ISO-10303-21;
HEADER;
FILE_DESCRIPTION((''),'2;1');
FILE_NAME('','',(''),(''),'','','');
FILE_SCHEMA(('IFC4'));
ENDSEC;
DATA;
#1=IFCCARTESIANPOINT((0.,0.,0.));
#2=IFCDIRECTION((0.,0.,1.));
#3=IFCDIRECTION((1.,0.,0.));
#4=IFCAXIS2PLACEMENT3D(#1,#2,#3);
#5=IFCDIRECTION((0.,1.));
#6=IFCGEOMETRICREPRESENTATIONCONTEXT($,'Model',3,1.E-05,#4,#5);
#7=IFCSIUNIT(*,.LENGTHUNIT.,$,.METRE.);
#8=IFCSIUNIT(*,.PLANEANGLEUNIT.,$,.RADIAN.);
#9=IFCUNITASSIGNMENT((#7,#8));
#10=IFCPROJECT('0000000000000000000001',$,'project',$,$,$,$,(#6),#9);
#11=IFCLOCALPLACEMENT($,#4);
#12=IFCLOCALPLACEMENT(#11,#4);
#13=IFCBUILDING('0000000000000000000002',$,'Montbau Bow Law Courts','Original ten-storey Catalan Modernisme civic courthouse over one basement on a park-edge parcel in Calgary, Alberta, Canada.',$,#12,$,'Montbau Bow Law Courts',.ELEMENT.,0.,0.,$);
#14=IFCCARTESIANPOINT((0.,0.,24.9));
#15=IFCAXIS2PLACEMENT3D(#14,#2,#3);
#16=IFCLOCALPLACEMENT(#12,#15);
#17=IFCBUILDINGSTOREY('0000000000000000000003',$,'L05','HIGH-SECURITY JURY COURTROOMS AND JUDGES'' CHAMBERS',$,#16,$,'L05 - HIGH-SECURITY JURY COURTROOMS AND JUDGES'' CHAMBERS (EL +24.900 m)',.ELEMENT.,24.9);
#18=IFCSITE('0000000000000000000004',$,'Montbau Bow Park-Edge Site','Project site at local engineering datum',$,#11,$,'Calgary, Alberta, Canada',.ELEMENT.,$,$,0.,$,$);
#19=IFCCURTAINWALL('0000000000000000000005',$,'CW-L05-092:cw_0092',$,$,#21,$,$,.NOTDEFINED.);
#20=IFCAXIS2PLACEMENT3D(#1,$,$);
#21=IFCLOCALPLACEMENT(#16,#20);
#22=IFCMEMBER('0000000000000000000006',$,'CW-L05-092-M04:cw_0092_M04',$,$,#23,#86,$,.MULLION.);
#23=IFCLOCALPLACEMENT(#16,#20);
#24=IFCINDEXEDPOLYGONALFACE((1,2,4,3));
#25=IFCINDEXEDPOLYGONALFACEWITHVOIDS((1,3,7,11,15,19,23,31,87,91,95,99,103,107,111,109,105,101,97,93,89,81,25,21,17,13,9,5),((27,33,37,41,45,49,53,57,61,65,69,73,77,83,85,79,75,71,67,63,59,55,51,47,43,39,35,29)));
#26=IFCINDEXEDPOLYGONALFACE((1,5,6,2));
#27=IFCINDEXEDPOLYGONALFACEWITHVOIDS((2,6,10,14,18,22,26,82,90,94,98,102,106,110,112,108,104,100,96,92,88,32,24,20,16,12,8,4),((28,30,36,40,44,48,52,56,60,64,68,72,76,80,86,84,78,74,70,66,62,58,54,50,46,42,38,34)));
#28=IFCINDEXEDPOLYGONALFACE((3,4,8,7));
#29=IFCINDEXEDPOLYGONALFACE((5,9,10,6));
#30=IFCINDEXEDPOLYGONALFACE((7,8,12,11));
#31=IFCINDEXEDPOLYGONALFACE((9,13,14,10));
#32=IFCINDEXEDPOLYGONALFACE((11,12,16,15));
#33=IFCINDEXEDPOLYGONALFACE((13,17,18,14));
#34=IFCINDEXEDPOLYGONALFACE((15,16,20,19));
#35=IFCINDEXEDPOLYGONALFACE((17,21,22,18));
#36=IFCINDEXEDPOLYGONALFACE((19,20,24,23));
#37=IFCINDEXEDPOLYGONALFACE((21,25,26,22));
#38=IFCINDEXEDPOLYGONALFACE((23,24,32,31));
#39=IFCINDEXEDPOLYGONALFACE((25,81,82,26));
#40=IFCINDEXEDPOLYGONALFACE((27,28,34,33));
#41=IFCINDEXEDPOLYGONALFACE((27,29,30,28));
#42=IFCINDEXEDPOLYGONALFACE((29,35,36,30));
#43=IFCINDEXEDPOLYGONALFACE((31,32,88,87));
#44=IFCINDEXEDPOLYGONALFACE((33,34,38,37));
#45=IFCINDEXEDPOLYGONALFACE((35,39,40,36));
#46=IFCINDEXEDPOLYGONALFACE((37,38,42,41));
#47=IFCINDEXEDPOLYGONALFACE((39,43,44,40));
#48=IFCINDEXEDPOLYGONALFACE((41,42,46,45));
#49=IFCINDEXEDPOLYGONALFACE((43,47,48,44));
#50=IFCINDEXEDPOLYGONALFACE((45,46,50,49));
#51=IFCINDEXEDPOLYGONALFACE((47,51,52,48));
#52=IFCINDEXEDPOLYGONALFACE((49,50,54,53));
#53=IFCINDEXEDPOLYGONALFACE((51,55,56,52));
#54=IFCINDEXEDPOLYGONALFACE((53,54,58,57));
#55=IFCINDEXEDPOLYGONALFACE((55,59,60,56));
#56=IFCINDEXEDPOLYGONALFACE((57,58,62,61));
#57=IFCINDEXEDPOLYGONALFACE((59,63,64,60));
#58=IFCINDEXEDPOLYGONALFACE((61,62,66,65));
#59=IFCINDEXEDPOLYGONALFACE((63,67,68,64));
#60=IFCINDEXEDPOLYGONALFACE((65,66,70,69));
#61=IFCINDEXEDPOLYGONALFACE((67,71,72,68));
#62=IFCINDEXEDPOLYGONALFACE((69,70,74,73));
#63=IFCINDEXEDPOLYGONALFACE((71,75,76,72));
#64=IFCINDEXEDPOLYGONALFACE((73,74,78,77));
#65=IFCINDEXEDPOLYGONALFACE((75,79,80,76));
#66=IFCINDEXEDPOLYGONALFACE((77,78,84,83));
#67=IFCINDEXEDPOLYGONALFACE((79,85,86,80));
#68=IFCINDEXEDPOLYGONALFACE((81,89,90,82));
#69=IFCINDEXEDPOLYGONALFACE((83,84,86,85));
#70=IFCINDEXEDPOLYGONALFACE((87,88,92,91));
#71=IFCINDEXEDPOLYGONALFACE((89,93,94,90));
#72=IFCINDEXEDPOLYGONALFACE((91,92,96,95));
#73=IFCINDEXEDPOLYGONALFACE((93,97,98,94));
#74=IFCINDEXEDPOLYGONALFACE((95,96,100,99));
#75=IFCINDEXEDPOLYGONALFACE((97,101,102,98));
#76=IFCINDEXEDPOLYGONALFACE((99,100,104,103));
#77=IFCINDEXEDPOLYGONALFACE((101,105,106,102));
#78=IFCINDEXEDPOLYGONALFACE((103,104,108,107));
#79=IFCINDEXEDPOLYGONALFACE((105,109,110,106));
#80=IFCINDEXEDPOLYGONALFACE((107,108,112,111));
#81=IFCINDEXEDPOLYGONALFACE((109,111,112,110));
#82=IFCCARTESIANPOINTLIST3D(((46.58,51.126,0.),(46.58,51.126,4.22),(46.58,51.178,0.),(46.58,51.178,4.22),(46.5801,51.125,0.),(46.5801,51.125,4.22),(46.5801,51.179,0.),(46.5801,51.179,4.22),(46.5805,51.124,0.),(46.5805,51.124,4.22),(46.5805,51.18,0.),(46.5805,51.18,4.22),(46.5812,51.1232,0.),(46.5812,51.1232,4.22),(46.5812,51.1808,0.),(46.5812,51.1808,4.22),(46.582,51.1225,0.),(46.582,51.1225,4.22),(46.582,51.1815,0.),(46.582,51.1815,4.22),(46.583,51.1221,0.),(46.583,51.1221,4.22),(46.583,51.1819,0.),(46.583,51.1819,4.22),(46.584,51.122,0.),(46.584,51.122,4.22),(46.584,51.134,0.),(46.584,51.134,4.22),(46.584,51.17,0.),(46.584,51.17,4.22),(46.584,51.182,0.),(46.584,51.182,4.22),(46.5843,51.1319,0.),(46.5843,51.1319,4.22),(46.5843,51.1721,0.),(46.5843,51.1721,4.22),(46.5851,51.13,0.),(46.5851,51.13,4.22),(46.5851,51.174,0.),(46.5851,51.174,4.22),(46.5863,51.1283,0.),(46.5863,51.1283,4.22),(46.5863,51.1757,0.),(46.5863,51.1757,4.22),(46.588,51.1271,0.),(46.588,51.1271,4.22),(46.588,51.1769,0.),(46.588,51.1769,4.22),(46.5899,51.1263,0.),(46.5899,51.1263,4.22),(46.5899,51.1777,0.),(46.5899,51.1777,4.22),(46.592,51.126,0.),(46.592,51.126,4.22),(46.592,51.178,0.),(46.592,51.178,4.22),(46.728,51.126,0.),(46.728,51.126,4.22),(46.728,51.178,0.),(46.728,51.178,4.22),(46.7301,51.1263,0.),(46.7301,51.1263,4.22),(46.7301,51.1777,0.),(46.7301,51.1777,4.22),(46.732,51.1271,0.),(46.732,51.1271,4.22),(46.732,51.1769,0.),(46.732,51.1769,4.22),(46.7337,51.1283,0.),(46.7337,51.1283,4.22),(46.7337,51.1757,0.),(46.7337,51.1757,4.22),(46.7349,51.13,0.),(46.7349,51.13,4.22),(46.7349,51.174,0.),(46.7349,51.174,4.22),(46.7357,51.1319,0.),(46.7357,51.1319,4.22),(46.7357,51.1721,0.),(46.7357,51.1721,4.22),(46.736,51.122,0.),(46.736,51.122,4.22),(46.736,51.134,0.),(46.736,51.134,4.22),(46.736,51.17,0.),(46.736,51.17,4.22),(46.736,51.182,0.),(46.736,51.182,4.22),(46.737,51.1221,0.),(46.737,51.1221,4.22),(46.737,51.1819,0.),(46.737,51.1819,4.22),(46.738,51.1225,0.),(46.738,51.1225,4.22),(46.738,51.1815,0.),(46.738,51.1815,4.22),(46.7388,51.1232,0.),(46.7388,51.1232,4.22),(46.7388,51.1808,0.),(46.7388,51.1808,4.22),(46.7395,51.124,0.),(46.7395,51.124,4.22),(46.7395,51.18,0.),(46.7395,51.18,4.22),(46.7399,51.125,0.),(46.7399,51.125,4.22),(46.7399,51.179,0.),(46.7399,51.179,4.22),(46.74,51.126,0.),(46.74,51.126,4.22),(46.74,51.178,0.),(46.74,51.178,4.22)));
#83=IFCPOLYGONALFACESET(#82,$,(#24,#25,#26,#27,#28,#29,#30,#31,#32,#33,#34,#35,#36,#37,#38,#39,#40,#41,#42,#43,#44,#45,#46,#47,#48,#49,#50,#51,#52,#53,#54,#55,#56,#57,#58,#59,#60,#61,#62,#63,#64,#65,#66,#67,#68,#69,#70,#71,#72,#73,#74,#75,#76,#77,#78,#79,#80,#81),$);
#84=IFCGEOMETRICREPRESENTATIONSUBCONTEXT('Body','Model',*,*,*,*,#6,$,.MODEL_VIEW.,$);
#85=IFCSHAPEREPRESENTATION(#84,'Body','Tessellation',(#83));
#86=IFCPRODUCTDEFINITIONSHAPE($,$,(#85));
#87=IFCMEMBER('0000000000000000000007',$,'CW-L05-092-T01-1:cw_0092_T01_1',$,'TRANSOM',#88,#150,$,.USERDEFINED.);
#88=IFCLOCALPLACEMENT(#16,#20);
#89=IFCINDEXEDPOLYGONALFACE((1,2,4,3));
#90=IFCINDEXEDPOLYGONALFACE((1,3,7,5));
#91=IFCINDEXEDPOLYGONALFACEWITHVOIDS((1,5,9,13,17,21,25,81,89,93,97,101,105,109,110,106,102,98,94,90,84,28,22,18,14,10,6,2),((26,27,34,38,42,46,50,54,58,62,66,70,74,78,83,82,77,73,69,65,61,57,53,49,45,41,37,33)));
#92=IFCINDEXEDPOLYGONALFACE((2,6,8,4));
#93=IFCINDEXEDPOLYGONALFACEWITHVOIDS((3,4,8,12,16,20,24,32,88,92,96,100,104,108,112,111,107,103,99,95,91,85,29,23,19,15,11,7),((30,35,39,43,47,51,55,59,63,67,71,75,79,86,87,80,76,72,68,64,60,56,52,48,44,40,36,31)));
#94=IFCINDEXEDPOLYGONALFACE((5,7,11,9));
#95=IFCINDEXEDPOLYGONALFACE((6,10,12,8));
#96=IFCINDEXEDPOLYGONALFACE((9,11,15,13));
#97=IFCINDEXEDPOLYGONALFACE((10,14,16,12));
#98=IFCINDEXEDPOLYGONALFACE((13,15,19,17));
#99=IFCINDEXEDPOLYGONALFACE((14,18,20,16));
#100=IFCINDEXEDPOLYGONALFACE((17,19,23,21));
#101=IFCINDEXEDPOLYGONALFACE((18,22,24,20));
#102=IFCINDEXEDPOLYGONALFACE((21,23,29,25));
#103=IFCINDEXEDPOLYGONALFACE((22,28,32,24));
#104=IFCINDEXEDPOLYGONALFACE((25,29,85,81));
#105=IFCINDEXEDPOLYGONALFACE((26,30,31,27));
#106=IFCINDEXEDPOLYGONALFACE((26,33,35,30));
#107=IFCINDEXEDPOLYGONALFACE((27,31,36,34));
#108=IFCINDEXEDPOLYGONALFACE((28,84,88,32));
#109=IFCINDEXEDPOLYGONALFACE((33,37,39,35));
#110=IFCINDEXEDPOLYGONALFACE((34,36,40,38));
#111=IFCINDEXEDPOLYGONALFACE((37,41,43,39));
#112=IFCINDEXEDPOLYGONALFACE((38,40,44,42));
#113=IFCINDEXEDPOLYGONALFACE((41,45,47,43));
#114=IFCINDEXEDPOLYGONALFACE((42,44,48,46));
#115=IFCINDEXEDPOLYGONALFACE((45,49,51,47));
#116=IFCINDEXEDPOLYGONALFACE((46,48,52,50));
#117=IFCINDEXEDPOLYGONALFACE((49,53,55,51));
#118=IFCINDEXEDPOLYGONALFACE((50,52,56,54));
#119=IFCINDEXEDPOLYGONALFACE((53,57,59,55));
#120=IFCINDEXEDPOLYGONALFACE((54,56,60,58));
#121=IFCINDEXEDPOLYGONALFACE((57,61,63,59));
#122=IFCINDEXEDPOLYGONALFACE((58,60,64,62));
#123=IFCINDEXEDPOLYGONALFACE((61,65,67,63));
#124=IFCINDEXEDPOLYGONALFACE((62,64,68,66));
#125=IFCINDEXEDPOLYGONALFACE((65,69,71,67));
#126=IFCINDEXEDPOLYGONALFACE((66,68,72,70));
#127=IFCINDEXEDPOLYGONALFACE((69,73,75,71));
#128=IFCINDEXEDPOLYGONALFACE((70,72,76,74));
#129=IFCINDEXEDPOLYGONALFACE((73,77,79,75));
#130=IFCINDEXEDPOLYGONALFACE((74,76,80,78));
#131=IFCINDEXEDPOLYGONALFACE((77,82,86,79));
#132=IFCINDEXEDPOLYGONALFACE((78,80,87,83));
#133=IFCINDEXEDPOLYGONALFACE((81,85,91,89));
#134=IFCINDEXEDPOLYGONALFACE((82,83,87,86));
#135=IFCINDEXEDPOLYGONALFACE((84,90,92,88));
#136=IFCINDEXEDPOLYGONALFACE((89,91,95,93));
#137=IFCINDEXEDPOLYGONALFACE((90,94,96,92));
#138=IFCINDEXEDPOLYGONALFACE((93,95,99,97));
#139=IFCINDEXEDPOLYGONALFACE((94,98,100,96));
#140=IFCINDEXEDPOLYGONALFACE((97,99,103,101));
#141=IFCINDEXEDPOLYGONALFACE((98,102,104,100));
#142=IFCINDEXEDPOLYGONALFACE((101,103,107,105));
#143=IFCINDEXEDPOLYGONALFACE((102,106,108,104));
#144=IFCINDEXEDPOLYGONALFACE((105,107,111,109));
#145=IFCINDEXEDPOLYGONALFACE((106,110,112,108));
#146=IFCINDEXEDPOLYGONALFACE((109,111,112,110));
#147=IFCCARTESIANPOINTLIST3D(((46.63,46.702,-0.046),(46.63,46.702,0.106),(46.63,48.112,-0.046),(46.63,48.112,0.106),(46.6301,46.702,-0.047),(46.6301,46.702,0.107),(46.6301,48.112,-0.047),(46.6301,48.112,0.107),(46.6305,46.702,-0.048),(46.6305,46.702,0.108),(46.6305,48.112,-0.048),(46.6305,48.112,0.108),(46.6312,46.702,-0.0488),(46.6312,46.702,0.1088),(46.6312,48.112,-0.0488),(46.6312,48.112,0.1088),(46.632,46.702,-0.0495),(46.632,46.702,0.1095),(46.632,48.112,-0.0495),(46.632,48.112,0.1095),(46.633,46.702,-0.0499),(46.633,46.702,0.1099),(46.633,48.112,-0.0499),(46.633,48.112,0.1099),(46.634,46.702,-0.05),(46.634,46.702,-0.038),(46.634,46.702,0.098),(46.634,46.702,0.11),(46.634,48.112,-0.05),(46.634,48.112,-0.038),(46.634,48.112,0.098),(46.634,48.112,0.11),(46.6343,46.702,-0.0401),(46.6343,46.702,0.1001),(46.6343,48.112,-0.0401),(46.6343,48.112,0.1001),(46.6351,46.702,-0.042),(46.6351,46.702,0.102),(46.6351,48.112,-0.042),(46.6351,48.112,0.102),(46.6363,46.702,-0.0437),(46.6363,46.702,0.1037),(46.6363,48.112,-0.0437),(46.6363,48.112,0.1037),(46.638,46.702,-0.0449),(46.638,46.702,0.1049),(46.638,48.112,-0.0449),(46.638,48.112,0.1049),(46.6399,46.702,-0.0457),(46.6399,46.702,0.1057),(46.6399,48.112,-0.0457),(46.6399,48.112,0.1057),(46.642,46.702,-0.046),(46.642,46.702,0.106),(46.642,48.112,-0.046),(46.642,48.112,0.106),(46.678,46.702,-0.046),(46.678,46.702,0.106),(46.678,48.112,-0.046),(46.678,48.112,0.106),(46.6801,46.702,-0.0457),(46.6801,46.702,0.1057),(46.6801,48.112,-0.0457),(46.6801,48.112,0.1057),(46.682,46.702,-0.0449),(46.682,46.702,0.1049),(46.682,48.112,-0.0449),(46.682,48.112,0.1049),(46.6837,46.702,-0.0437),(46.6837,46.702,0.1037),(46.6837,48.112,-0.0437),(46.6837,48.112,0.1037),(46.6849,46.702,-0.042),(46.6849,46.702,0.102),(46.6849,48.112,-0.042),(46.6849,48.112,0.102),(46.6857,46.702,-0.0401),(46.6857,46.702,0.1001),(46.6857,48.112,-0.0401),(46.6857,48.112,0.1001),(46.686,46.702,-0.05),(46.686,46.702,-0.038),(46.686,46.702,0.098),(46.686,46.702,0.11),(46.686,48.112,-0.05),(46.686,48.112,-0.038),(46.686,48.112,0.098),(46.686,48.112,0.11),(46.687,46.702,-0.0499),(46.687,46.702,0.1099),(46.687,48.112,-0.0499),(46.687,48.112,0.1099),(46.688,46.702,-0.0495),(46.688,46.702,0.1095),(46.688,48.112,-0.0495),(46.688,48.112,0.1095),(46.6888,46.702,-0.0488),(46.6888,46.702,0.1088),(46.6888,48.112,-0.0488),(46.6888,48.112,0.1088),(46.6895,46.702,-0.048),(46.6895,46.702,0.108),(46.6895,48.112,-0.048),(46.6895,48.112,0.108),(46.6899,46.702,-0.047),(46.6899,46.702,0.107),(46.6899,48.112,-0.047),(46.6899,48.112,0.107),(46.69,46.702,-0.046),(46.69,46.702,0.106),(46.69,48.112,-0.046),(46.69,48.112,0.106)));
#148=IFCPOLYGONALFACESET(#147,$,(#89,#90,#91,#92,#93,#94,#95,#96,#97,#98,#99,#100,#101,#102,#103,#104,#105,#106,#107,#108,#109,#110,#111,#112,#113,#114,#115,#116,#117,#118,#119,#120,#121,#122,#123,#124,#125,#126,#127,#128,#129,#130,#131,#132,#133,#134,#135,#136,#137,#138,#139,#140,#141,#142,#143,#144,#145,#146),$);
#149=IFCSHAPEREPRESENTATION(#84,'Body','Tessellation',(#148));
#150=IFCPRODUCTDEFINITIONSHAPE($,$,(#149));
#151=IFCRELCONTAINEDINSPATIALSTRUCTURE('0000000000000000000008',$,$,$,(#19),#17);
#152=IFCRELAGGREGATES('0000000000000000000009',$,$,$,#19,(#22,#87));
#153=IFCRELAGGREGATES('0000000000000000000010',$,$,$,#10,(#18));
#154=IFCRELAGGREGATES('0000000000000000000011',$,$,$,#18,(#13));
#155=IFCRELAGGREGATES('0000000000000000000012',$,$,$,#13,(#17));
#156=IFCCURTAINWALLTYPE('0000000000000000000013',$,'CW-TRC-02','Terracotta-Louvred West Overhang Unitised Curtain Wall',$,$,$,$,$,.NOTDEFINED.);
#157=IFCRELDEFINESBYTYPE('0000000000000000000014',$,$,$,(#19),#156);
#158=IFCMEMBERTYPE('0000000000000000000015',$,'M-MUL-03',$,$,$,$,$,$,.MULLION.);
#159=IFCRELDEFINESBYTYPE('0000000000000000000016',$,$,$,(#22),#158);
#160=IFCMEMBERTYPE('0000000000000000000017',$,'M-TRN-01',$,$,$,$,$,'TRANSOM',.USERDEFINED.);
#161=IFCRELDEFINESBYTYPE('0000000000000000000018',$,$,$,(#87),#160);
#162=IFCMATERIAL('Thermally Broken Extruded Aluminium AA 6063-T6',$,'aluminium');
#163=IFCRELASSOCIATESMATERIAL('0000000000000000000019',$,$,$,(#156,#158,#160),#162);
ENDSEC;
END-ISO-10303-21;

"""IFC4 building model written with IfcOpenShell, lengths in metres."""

from ifc_helpers import new_model, si_unit, direction, frame, origin_with_axes, origin_2d_with_axis, place, context, subcontext, project, spatial, hollow_rectangle, extrude, material, material_profile, profile_set, type_object, element, aggregate, save


model = new_model("IFC4")

# Units and contexts
model_context = context("Model", 3, precision=1e-05, world=origin_with_axes(), true_north=direction((0.0, 1.0)))
body_context = subcontext(model_context, "Body", "Model", "MODEL_VIEW")
ifc_project = project(units=[si_unit("LENGTHUNIT", "METRE"), si_unit("PLANEANGLEUNIT", "RADIAN")], contexts=[model_context])

# Site, building, storey
site_placement = place(None, origin_with_axes())
site = spatial("IfcSite", under=ifc_project, at=site_placement, Name="Montbau Bow Park-Edge Site", Description="Project site at local engineering datum", LongName="Calgary, Alberta, Canada", CompositionType="ELEMENT", RefElevation=0.0)
building_placement = place(site_placement, origin_with_axes())
building = spatial("IfcBuilding", under=site, at=building_placement, Name="Montbau Bow Law Courts", Description="Original ten-storey Catalan Modernisme civic courthouse over one basement on a park-edge parcel in Calgary, Alberta, Canada.", LongName="Montbau Bow Law Courts", CompositionType="ELEMENT", ElevationOfRefHeight=0.0, ElevationOfTerrain=0.0)
storey_placement = place(building_placement, frame((0.0, 0.0, 24.9), z_axis=(0.0, 0.0, 1.0), x_axis=(1.0, 0.0, 0.0)))
storey = spatial("IfcBuildingStorey", under=building, at=storey_placement, Name="L05", Description="HIGH-SECURITY JURY COURTROOMS AND JUDGES' CHAMBERS", LongName="L05 - HIGH-SECURITY JURY COURTROOMS AND JUDGES' CHAMBERS (EL +24.900 m)", CompositionType="ELEMENT", Elevation=24.9)

# Curtain wall, members
ifc_material_1 = material(Name="Thermally Broken Extruded Aluminium AA 6063-T6", Category="aluminium")
curtain_wall_type = type_object("IfcCurtainWallType", Name="CW-TRC-02", Description="Terracotta-Louvred West Overhang Unitised Curtain Wall", PredefinedType="NOTDEFINED", material=ifc_material_1)
curtain_wall_placement = place(None, frame((46.66, 46.64, 24.9), z_axis=(0.0, 0.0, 1.0), x_axis=(1.0, 0.0, 0.0)))
curtain_wall = element("IfcCurtainWall", 1, at=curtain_wall_placement, inside=storey, type_object=curtain_wall_type, Name="CW-L05-092:cw_0092", PredefinedType="NOTDEFINED")
ifc_material_profile_1 = material_profile(ifc_material_1, hollow_rectangle(XDim=0.06, YDim=0.16, WallThickness=0.004, InnerFilletRadius=0.008, OuterFilletRadius=0.004, at=origin_2d_with_axis()), Name="CWM-160X60", Category="Main", Priority=0)
ifc_profile_set_1 = profile_set([ifc_material_profile_1], Name="Thermally Broken Extruded Aluminium AA 6063-T6")
member_type_1 = type_object("IfcMemberType", Name="M-MUL-03", PredefinedType="MULLION", material=ifc_profile_set_1)
member_1_placement = place(None, frame((46.66, 51.152, 24.9), z_axis=(0.0, 0.0, 1.0), x_axis=(0.0, 1.0, 0.0)))
member_1 = element("IfcMember", 2, at=member_1_placement, type_object=member_type_1, Name="CW-L05-092-M04:cw_0092_M04", PredefinedType="MULLION", context=body_context, shape_type="SweptSolid", body=[
    extrude(hollow_rectangle(XDim=0.06, YDim=0.16, WallThickness=0.004, InnerFilletRadius=0.008, OuterFilletRadius=0.004, at=origin_2d_with_axis()), origin_with_axes(), (0.0, 0.0, 1.0), 4.22),
])
ifc_material_profile_2 = material_profile(ifc_material_1, hollow_rectangle(XDim=0.06, YDim=0.16, WallThickness=0.004, InnerFilletRadius=0.008, OuterFilletRadius=0.004, at=origin_2d_with_axis()), Name="CWT-160X60", Category="Main", Priority=0)
ifc_profile_set_2 = profile_set([ifc_material_profile_2], Name="Thermally Broken Extruded Aluminium AA 6063-T6")
member_type_2 = type_object("IfcMemberType", Name="M-TRN-01", ElementType="TRANSOM", PredefinedType="USERDEFINED", material=ifc_profile_set_2)
member_2_placement = place(None, frame((46.66, 46.702, 24.93), z_axis=(0.0, 1.0, 0.0), x_axis=(-1.0, 0.0, 0.0)))
member_2 = element("IfcMember", 3, at=member_2_placement, type_object=member_type_2, Name="CW-L05-092-T01-1:cw_0092_T01_1", ObjectType="TRANSOM", PredefinedType="USERDEFINED", context=body_context, shape_type="SweptSolid", body=[
    extrude(hollow_rectangle(XDim=0.06, YDim=0.16, WallThickness=0.004, InnerFilletRadius=0.008, OuterFilletRadius=0.004, at=origin_2d_with_axis()), origin_with_axes(), (0.0, 0.0, 1.0), 1.41),
])
aggregate(curtain_wall, [member_1, member_2])

save(model, "model.ifc")
